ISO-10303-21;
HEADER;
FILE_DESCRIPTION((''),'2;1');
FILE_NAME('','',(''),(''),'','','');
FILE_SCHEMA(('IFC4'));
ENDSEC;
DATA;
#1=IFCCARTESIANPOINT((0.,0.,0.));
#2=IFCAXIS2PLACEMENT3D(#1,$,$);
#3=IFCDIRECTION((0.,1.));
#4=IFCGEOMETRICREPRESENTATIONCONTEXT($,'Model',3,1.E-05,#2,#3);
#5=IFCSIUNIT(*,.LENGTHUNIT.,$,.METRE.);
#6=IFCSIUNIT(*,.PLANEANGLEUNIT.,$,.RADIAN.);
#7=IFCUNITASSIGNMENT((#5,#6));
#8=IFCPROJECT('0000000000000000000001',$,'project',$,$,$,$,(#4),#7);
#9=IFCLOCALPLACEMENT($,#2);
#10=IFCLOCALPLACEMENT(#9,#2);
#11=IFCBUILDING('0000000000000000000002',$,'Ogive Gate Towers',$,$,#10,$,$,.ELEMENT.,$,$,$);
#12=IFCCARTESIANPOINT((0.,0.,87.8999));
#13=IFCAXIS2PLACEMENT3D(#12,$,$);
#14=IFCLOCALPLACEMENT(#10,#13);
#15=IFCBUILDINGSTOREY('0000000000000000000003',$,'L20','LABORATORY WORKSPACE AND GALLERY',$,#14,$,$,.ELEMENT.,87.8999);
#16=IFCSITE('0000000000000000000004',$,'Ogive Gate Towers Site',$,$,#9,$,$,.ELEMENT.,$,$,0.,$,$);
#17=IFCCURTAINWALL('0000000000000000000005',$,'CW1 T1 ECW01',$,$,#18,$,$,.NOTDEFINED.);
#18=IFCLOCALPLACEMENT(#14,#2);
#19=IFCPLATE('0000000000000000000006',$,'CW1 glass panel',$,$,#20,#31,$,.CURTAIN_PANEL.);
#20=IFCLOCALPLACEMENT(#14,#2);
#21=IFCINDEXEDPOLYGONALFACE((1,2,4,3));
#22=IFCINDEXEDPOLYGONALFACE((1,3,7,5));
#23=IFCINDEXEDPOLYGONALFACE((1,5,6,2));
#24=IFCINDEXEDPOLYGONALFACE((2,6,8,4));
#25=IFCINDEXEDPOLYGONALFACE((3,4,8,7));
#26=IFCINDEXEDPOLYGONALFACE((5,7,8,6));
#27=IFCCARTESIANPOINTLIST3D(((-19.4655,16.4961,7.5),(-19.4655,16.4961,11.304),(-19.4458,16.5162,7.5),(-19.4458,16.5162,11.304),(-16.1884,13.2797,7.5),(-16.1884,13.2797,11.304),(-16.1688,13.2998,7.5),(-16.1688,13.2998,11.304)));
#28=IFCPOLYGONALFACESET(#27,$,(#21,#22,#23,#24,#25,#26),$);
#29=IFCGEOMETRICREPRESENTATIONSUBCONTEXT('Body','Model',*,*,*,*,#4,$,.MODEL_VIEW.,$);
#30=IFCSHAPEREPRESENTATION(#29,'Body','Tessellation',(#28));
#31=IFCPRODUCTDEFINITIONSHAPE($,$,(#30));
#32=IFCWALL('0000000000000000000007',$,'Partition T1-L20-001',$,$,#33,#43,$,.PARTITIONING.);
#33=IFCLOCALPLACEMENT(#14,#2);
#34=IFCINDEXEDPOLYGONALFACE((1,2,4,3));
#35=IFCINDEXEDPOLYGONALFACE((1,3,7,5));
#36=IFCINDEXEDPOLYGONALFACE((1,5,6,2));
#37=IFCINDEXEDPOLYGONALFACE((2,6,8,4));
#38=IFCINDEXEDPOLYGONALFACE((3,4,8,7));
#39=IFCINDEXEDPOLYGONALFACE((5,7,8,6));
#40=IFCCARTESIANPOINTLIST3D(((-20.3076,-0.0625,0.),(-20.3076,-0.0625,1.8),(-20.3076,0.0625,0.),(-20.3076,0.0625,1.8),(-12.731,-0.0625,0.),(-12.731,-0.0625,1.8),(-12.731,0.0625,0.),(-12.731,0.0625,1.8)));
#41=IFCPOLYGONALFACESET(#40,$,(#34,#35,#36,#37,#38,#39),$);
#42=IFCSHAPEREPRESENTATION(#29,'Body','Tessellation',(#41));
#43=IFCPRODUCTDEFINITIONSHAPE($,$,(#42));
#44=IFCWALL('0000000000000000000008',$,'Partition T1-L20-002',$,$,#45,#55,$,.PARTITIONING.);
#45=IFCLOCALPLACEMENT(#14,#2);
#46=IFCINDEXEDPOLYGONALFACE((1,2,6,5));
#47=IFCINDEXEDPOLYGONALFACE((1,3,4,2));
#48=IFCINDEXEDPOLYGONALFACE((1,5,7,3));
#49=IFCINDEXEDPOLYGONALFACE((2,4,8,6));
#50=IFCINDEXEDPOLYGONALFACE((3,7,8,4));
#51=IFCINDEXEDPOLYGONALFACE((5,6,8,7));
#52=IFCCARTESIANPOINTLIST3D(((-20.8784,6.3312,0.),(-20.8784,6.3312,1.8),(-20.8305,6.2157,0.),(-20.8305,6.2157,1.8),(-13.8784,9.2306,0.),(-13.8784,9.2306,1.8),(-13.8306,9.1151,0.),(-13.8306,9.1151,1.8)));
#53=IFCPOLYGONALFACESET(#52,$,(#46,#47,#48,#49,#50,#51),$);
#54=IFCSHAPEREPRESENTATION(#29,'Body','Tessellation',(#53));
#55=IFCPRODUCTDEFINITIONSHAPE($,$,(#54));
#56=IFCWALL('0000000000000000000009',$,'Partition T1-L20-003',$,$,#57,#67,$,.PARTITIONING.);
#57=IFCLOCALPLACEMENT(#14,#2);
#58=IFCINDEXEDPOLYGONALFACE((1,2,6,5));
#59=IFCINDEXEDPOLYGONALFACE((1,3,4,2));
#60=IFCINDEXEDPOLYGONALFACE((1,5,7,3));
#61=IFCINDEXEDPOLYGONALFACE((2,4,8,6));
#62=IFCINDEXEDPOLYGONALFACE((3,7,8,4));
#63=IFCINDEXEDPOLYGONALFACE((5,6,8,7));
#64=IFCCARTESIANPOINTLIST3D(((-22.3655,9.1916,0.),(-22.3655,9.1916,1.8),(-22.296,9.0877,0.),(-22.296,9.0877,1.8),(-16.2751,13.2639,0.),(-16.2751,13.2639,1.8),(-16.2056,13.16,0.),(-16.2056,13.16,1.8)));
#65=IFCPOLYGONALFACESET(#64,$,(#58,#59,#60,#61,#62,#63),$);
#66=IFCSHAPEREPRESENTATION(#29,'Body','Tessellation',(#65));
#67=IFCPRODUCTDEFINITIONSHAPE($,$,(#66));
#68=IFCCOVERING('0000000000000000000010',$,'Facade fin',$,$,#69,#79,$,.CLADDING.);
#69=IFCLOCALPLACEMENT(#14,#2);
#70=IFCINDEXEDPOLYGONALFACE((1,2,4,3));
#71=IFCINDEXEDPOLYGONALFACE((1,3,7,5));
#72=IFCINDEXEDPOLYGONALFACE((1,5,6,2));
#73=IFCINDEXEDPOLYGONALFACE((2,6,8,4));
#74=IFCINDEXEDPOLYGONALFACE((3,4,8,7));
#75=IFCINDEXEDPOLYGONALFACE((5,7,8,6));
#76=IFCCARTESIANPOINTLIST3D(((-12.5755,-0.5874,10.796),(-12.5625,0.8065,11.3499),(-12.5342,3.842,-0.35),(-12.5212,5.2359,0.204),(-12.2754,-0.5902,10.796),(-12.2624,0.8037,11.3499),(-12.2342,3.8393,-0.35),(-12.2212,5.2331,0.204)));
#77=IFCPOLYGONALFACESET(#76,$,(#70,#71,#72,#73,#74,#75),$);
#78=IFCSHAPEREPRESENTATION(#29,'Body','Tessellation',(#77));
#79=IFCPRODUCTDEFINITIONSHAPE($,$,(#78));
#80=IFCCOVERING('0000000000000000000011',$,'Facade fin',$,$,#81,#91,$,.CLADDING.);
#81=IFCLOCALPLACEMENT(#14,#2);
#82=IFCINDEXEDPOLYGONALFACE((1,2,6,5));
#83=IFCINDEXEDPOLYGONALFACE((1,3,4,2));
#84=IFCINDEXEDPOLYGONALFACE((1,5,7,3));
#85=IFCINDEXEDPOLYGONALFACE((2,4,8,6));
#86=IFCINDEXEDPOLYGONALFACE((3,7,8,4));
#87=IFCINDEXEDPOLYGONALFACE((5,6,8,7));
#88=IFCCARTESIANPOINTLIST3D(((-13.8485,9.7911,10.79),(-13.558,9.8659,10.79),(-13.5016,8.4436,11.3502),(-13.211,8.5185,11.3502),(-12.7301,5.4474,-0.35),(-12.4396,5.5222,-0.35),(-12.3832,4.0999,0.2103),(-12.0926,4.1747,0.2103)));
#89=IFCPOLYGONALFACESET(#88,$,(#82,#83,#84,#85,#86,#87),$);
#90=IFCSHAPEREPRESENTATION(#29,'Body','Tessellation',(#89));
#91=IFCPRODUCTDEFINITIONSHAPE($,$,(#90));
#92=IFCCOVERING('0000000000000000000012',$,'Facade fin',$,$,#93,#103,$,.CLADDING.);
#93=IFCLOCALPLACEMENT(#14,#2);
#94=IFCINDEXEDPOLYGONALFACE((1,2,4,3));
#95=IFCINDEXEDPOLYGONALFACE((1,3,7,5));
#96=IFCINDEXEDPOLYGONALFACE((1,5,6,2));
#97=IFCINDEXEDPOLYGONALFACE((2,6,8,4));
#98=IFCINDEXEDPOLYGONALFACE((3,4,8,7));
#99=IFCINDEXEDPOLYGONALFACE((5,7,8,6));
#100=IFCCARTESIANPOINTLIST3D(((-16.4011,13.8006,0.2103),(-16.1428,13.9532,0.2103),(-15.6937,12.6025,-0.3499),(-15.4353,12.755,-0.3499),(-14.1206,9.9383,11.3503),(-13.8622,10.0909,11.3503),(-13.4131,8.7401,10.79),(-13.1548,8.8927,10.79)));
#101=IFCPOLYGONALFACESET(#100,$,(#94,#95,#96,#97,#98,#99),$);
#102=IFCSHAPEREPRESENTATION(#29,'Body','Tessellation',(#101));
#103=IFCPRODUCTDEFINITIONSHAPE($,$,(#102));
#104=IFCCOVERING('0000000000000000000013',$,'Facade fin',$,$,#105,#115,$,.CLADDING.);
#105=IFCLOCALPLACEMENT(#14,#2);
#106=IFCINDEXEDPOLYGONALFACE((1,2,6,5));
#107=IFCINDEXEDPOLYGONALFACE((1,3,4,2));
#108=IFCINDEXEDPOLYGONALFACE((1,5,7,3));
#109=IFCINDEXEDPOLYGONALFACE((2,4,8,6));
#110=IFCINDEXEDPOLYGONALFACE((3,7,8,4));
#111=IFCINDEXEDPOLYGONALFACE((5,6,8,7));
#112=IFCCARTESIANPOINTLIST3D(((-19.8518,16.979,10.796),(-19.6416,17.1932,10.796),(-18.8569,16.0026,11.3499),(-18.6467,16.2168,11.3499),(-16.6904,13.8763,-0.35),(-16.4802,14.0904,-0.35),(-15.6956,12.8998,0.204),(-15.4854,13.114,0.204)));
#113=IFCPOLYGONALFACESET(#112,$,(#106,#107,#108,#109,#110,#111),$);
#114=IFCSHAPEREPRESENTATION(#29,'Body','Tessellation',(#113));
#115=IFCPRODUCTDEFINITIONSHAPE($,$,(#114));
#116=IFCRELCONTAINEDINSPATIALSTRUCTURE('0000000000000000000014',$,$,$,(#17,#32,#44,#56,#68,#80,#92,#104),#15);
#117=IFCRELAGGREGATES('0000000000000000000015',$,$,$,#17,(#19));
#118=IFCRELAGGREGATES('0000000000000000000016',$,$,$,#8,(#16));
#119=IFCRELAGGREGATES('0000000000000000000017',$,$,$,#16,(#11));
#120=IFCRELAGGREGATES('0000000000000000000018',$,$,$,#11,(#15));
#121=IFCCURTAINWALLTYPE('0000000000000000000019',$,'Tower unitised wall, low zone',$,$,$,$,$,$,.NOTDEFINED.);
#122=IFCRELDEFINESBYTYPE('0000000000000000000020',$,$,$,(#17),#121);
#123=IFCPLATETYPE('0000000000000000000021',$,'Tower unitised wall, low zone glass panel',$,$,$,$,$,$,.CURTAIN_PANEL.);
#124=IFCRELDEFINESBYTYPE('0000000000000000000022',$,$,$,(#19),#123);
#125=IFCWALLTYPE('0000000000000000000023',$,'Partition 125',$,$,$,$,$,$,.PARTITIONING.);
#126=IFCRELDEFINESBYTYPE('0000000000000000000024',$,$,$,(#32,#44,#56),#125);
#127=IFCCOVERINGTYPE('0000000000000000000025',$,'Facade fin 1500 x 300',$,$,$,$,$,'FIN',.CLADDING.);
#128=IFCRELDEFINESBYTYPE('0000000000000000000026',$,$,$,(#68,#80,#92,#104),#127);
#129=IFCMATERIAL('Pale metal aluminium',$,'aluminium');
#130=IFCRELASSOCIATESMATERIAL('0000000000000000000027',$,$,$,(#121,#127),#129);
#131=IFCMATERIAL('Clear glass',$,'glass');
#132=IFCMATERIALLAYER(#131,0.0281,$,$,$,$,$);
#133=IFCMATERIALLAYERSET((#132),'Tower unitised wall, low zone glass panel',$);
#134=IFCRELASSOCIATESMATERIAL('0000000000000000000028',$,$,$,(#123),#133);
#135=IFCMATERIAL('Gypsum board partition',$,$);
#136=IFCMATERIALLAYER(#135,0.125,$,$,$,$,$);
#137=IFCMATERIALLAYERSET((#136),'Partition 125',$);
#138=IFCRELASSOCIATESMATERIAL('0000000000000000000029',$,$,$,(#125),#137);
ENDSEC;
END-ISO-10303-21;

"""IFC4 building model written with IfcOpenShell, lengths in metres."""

from ifc_helpers import new_model, si_unit, direction, frame, frame_2d, origin, origin_2d, place, context, subcontext, project, spatial, rectangle, extrude, material, layer, layer_set, material_profile, profile_set, type_object, element, aggregate, save


model = new_model("IFC4")

# Units and contexts
model_context = context("Model", 3, precision=1e-05, world=origin(), true_north=direction((0.0, 1.0)))
body_context = subcontext(model_context, "Body", "Model", "MODEL_VIEW")
ifc_project = project(units=[si_unit("LENGTHUNIT", "METRE"), si_unit("PLANEANGLEUNIT", "RADIAN")], contexts=[model_context])

# Site, building, storey
site_placement = place(None, origin())
site = spatial("IfcSite", under=ifc_project, at=site_placement, Name="Ogive Gate Towers Site", CompositionType="ELEMENT", RefElevation=0.0)
building_placement = place(site_placement, origin())
building = spatial("IfcBuilding", under=site, at=building_placement, Name="Ogive Gate Towers", CompositionType="ELEMENT")
storey_placement = place(building_placement, frame((0.0, 0.0, 87.8999)))
storey = spatial("IfcBuildingStorey", under=building, at=storey_placement, Name="L20", Description="LABORATORY WORKSPACE AND GALLERY", CompositionType="ELEMENT", Elevation=87.8999)

# Curtain wall
ifc_material_1 = material(Name="Pale metal aluminium", Category="aluminium")
curtain_wall_type = type_object("IfcCurtainWallType", Name="Tower unitised wall, low zone", PredefinedType="NOTDEFINED", material=ifc_material_1)
curtain_wall_1_placement = place(storey_placement, origin())
curtain_wall_1 = element("IfcCurtainWall", 1, at=curtain_wall_1_placement, inside=storey, type_object=curtain_wall_type, Name="CW1 T1 ECW01", PredefinedType="NOTDEFINED")

# Plate
ifc_material_2 = material(Name="Clear glass", Category="glass")
ifc_layer_1 = layer(ifc_material_2, 0.0281)
ifc_layer_set_1 = layer_set([ifc_layer_1], Name="Tower unitised wall, low zone glass panel")
plate_type = type_object("IfcPlateType", Name="Tower unitised wall, low zone glass panel", PredefinedType="CURTAIN_PANEL", material=ifc_layer_set_1)
plate_1_placement = place(storey_placement, frame((-17.8171, 14.8979, 7.5), z_axis=(0.0, 0.0, 1.0), x_axis=(-0.713678, 0.700473, 0.0)))
plate_1 = element("IfcPlate", 2, at=plate_1_placement, type_object=plate_type, Name="CW1 glass panel", PredefinedType="CURTAIN_PANEL", context=body_context, shape_type="SweptSolid", body=[
    extrude(rectangle(XDim=4.5918, YDim=0.0281, at=origin_2d()), origin(), (0.0, 0.0, 1.0), 3.804),
])
aggregate(curtain_wall_1, [plate_1])

# Walls
ifc_material_3 = material(Name="Gypsum board partition")
ifc_layer_2 = layer(ifc_material_3, 0.125)
ifc_layer_set_2 = layer_set([ifc_layer_2], Name="Partition 125")
wall_type = type_object("IfcWallType", Name="Partition 125", PredefinedType="PARTITIONING", material=ifc_layer_set_2)
for number, where, z_axis, x_axis, name in (
    (3, (-12.731, 0.0, 0.0), (0.0, 0.0, 1.0), (-1.0, 0.0, 0.0), "Partition T1-L20-001"),
    (4, (-13.8545, 9.1729, 0.0), (0.0, 0.0, 1.0), (-0.923883, -0.382674, 0.0), "Partition T1-L20-002"),
):
    element("IfcWall", number, at=place(storey_placement, frame(where, z_axis=z_axis, x_axis=x_axis)), inside=storey, type_object=wall_type, Name=name, PredefinedType="PARTITIONING", context=body_context, shape_type="SweptSolid", body=[
        extrude(rectangle(XDim=7.5767, YDim=0.125, at=frame_2d((3.7883, 0.0))), origin(), (0.0, 0.0, 1.0), 1.8),
    ])
wall_placement = place(storey_placement, frame((-16.2405, 13.2119, 0.0), z_axis=(0.0, 0.0, 1.0), x_axis=(-0.831291, -0.555838, 0.0)))
element("IfcWall", 5, at=wall_placement, inside=storey, type_object=wall_type, Name="Partition T1-L20-003", PredefinedType="PARTITIONING", context=body_context, shape_type="SweptSolid", body=[
    extrude(rectangle(XDim=7.3264, YDim=0.125, at=frame_2d((3.6631, 0.0))), origin(), (0.0, 0.0, 1.0), 1.8),
])

# Coverings
ifc_material_profile_1 = material_profile(ifc_material_1, rectangle(XDim=0.3, YDim=1.5, at=origin_2d()), Name="1500 x 300 pale metal aluminium")
ifc_profile_set_1 = profile_set([ifc_material_profile_1], Name="Pale metal aluminium")
covering_type = type_object("IfcCoveringType", Name="Facade fin 1500 x 300", ElementType="FIN", PredefinedType="CLADDING", material=ifc_profile_set_1)
covering_1_placement = place(storey_placement, frame((-12.3777, 4.5376, -0.073), z_axis=(-0.00344, -0.369306, 0.929301), x_axis=(0.999957, -0.009314, 0.0)))
element("IfcCovering", 6, at=covering_1_placement, inside=storey, type_object=covering_type, Name="Facade fin", PredefinedType="CLADDING", context=body_context, shape_type="SweptSolid", body=[
    extrude(rectangle(XDim=0.3, YDim=1.5, at=origin_2d()), origin(), (0.0, 0.0, 1.0), 11.9939),
])
for number, where, z_axis, x_axis, name in (
    (7, (-12.4114, 4.811, -0.0698), (-0.093131, 0.361708, 0.927628), (-0.968415, -0.249343, 0.0), "Facade fin"),
    (8, (-15.9182, 13.2778, -0.0698), (0.189901, -0.321618, 0.927631), (0.861098, 0.50844, 0.0), "Facade fin"),
):
    element("IfcCovering", number, at=place(storey_placement, frame(where, z_axis=z_axis, x_axis=x_axis)), inside=storey, type_object=covering_type, Name=name, PredefinedType="CLADDING", context=body_context, shape_type="SweptSolid", body=[
        extrude(rectangle(XDim=0.3, YDim=1.5, at=origin_2d()), origin(), (0.0, 0.0, 1.0), 12.009),
    ])
covering_2_placement = place(storey_placement, frame((-16.0879, 13.4951, -0.073), z_axis=(-0.263581, 0.258696, 0.929302), x_axis=(-0.700462, -0.71369, 0.0)))
element("IfcCovering", 9, at=covering_2_placement, inside=storey, type_object=covering_type, Name="Facade fin", PredefinedType="CLADDING", context=body_context, shape_type="SweptSolid", body=[
    extrude(rectangle(XDim=0.3, YDim=1.5, at=origin_2d()), origin(), (0.0, 0.0, 1.0), 11.9939),
])

save(model, "model.ifc")
